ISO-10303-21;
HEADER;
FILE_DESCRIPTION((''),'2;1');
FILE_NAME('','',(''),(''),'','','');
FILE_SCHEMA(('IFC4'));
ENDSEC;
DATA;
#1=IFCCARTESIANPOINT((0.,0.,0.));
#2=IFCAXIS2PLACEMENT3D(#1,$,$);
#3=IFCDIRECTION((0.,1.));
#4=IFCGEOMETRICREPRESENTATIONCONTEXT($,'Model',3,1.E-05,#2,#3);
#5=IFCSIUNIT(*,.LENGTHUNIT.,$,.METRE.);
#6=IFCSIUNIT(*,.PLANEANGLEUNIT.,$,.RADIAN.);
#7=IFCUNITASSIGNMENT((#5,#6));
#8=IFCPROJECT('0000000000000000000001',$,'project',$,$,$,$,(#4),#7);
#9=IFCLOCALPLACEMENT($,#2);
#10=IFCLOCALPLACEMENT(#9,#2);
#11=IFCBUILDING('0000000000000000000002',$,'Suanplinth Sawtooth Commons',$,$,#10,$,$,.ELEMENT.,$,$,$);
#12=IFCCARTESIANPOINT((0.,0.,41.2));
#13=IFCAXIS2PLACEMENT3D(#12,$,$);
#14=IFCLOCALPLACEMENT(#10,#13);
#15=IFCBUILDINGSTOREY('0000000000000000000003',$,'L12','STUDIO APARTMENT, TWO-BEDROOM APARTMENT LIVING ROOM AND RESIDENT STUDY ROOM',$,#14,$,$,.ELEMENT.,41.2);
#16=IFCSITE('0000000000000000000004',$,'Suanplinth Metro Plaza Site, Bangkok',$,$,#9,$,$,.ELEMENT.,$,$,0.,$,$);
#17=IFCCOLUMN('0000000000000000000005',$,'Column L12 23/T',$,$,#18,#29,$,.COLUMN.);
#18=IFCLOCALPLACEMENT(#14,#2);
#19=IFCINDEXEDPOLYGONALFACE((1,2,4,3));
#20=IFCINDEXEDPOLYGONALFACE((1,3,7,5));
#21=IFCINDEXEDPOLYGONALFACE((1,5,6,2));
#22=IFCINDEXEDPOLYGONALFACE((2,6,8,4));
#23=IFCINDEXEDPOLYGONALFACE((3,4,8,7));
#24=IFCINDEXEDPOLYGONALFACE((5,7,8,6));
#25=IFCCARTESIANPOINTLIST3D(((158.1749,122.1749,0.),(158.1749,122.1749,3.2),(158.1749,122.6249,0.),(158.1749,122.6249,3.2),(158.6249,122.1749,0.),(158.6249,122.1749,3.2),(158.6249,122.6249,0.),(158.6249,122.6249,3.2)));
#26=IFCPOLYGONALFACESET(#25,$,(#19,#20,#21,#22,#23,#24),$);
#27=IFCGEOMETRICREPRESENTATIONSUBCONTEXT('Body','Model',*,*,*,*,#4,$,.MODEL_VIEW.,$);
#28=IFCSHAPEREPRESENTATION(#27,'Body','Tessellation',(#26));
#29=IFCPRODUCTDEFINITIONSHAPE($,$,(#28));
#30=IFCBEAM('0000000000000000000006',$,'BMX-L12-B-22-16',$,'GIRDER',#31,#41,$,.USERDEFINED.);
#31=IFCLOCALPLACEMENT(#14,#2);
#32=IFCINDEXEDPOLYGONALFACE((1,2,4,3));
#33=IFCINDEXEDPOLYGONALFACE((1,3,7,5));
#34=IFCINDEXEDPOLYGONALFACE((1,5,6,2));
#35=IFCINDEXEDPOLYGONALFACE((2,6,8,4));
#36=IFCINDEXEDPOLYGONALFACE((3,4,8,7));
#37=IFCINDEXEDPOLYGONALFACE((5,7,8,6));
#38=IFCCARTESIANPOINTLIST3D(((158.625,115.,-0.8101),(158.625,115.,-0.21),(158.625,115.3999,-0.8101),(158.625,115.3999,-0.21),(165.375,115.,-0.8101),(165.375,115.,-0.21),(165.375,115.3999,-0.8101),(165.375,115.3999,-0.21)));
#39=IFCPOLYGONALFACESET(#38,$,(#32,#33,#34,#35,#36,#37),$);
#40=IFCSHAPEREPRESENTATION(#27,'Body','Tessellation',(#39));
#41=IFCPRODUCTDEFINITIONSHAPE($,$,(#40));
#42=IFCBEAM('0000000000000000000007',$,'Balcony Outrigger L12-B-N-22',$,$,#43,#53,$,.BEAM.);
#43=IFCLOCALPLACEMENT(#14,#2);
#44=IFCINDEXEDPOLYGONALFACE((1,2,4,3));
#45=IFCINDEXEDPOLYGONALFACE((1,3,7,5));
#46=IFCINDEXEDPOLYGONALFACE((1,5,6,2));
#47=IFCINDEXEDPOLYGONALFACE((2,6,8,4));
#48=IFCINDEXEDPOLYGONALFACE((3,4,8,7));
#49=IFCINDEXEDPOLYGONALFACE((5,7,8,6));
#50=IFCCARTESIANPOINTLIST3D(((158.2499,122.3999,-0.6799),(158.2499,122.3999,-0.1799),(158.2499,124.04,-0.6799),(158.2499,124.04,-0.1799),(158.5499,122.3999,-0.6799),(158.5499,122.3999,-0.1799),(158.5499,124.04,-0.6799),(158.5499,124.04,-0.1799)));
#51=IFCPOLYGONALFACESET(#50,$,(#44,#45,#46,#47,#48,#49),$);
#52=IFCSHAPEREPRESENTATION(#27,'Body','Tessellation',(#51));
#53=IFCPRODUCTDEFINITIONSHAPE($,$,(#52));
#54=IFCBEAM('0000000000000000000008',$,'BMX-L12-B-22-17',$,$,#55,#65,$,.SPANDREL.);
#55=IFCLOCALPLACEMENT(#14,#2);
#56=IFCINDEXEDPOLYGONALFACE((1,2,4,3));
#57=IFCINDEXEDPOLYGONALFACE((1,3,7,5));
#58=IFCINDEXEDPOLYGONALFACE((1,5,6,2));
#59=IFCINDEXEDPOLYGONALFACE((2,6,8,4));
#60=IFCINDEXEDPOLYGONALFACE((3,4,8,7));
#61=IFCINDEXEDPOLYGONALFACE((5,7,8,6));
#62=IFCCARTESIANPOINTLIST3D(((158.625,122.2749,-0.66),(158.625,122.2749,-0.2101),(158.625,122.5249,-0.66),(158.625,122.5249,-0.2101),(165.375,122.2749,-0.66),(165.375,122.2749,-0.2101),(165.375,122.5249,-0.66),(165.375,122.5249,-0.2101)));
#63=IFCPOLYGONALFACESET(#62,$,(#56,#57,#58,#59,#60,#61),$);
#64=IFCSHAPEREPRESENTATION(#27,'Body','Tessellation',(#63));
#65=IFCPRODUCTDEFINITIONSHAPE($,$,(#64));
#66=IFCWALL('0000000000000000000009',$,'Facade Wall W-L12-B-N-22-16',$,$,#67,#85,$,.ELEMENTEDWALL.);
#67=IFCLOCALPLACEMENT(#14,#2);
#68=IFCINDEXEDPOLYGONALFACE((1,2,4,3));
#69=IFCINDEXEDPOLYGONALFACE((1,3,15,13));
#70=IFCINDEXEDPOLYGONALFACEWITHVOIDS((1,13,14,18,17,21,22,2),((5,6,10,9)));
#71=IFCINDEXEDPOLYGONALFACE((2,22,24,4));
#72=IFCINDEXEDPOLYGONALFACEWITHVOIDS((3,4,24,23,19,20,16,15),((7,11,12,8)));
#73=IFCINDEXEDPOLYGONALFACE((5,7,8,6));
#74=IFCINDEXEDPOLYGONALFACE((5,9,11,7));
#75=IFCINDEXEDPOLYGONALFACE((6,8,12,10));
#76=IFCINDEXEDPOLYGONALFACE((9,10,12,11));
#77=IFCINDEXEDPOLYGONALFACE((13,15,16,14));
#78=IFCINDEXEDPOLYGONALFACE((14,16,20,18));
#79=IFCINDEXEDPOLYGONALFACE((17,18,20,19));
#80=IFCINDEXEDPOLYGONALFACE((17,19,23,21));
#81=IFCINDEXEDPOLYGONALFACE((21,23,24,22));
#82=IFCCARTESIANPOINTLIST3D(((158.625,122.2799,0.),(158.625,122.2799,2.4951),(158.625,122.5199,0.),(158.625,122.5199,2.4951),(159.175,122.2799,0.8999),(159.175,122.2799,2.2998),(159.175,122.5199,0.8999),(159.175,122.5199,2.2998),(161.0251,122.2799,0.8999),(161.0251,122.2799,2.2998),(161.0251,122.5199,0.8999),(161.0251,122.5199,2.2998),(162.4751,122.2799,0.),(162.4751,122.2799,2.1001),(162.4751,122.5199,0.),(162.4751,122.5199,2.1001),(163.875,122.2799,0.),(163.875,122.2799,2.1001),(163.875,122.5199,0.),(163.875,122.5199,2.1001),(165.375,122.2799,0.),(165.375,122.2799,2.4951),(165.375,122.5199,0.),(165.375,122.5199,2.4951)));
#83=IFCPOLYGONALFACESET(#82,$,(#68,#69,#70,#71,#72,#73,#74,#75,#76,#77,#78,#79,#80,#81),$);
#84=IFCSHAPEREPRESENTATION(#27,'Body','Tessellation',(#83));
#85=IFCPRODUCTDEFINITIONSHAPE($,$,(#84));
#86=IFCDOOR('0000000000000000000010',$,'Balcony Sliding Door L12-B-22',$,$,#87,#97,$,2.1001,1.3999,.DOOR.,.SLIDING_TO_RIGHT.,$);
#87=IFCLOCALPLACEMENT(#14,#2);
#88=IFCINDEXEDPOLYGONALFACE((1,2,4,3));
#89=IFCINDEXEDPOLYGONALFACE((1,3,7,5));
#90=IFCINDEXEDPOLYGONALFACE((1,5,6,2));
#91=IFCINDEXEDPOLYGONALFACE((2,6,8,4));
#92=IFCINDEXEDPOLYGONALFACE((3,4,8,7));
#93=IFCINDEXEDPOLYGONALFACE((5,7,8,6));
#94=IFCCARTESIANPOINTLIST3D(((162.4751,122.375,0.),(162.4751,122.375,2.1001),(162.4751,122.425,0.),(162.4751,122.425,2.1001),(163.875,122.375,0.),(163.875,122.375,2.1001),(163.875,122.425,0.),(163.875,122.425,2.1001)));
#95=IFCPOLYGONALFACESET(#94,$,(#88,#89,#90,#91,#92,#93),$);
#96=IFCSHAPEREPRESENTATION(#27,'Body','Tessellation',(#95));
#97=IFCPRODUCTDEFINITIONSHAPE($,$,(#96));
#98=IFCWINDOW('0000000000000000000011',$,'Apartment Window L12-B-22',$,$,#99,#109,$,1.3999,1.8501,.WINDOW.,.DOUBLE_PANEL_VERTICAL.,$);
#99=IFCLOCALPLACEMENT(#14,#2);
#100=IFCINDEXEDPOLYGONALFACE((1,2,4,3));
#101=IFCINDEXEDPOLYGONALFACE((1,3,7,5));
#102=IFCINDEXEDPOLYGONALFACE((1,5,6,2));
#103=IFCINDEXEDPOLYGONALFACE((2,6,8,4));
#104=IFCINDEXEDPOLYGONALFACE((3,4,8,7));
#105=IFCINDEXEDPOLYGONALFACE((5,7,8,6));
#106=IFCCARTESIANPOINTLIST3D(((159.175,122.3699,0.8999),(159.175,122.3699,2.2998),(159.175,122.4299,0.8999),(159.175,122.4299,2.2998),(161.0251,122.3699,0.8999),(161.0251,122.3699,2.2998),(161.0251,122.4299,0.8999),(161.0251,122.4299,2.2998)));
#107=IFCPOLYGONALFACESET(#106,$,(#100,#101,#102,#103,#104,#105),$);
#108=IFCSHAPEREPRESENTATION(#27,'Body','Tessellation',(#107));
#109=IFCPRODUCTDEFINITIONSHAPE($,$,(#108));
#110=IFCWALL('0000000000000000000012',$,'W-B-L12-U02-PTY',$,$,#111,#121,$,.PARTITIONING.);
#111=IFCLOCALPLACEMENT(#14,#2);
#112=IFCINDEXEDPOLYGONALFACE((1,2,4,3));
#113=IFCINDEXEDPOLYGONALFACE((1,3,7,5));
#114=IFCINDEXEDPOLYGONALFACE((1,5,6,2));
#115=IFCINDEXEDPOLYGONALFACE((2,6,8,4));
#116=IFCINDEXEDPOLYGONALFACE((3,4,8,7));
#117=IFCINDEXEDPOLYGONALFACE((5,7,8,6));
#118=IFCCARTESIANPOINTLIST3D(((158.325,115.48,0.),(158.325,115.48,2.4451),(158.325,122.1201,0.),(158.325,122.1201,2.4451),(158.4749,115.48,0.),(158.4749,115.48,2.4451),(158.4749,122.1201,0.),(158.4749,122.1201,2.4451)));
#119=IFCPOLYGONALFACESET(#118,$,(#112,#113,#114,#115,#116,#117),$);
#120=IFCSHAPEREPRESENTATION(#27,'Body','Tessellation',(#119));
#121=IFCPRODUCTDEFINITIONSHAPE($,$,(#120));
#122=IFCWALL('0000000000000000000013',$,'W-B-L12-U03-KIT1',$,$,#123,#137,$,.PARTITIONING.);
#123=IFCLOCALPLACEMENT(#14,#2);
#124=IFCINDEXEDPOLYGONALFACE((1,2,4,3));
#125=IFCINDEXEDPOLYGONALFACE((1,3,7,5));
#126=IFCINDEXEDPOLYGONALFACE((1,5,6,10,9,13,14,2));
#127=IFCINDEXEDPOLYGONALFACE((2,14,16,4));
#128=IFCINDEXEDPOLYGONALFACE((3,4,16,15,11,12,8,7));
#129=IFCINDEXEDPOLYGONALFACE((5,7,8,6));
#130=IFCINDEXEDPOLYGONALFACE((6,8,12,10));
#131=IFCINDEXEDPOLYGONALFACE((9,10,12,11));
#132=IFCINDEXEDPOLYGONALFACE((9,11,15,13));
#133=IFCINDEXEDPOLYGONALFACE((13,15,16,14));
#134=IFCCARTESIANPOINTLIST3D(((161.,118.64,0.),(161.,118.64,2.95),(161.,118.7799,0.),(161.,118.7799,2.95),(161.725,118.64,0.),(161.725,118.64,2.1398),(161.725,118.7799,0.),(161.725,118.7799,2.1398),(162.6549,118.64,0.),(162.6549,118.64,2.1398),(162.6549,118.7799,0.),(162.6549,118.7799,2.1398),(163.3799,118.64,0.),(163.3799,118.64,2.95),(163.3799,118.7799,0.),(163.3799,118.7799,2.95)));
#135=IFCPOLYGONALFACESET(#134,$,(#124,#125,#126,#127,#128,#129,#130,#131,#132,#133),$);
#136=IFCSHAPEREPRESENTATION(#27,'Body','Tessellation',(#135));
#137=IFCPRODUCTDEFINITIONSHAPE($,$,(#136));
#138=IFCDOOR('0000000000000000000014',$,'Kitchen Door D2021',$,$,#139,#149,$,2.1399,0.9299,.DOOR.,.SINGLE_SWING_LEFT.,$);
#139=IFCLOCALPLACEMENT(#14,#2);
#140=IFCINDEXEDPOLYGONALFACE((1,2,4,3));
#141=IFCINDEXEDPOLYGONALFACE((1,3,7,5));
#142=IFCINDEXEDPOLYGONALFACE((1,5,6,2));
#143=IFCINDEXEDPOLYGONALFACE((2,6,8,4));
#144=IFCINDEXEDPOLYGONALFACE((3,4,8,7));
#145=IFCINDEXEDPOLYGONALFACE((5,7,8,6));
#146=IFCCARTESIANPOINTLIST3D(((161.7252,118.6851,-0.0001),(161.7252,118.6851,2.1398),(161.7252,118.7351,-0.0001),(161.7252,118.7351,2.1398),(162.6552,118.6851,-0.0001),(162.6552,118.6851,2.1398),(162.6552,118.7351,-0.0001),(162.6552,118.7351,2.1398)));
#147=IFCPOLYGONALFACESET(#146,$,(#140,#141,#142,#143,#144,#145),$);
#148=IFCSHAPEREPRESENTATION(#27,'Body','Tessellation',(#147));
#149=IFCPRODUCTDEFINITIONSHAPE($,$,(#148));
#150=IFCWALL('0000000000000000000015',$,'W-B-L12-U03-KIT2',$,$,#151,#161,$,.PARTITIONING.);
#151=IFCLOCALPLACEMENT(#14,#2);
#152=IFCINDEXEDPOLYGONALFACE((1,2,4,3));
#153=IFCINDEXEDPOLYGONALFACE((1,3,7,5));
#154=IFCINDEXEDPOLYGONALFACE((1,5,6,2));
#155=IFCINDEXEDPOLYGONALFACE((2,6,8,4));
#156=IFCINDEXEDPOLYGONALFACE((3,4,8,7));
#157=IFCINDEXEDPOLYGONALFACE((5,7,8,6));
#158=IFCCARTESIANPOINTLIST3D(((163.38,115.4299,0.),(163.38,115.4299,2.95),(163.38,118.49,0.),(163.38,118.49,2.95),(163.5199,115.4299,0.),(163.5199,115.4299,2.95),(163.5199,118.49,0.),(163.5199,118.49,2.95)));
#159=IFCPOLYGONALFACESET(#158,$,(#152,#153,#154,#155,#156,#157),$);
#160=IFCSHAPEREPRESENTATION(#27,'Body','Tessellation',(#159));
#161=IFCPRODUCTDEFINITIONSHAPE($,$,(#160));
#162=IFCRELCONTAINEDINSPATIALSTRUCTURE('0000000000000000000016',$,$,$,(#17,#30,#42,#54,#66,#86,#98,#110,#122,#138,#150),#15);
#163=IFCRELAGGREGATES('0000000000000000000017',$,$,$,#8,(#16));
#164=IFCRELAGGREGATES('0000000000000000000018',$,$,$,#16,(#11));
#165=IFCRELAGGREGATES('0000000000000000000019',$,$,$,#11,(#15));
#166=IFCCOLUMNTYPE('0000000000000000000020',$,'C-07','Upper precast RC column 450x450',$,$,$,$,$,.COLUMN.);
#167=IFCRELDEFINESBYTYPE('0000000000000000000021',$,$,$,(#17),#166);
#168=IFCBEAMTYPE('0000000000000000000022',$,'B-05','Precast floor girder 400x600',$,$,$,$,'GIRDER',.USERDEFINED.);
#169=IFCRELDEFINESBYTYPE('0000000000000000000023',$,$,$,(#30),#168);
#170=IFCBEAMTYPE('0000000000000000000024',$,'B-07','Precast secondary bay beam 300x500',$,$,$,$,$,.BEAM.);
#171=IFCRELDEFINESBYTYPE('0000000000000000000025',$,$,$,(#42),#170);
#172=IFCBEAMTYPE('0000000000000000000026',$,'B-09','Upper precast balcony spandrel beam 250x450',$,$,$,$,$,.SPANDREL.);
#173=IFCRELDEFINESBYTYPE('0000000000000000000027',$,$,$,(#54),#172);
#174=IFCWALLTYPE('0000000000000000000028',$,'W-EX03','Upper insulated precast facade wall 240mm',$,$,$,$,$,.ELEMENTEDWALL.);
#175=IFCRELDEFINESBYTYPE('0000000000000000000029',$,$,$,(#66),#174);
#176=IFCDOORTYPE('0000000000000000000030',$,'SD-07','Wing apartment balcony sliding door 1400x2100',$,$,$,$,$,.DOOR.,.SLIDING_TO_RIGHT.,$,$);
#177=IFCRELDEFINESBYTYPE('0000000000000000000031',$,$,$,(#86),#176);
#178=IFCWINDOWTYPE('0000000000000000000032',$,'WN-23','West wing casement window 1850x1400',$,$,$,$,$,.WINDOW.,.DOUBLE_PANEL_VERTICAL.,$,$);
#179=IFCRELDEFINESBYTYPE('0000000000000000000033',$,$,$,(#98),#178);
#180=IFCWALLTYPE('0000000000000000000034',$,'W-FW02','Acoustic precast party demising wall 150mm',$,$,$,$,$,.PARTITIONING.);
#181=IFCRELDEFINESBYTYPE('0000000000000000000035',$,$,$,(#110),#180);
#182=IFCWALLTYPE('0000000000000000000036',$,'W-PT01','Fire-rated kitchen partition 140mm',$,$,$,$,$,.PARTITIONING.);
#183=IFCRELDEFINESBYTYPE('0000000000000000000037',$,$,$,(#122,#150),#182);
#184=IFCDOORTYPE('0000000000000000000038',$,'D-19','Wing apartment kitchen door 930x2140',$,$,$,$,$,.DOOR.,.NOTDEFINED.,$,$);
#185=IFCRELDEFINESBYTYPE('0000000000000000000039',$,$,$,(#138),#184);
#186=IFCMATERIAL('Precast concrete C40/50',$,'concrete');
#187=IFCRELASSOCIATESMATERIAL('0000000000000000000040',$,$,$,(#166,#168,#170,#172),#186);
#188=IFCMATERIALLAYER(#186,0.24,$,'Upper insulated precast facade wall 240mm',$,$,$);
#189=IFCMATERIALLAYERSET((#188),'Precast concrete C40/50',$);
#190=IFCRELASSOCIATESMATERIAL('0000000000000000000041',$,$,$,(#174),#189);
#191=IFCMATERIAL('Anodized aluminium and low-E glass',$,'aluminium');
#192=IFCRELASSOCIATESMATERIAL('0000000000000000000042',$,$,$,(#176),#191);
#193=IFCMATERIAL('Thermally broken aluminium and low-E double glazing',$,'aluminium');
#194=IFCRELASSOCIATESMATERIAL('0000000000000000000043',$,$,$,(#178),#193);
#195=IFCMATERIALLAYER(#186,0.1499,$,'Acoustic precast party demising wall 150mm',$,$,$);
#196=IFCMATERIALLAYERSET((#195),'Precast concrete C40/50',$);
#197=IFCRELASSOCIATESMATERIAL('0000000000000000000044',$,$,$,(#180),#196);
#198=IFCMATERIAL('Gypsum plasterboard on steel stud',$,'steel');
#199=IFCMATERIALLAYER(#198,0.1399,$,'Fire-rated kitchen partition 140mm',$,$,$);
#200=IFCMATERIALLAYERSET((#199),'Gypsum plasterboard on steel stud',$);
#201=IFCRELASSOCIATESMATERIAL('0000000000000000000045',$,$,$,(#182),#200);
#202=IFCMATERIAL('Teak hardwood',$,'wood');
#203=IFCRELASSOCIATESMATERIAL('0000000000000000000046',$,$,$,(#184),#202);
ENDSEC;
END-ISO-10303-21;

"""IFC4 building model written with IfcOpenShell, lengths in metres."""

from ifc_helpers import new_model, si_unit, direction, frame, frame_2d, origin, origin_2d, place, context, subcontext, project, spatial, rectangle, extrude, material, layer, layer_set, material_profile, profile_set, type_object, element, fill, save


model = new_model("IFC4")

# Units and contexts
model_context = context("Model", 3, precision=1e-05, world=origin(), true_north=direction((0.0, 1.0)))
body_context = subcontext(model_context, "Body", "Model", "MODEL_VIEW")
ifc_project = project(units=[si_unit("LENGTHUNIT", "METRE"), si_unit("PLANEANGLEUNIT", "RADIAN")], contexts=[model_context])

# Site, building, storey
site_placement = place(None, origin())
site = spatial("IfcSite", under=ifc_project, at=site_placement, Name="Suanplinth Metro Plaza Site, Bangkok", CompositionType="ELEMENT", RefElevation=0.0)
building_placement = place(site_placement, origin())
building = spatial("IfcBuilding", under=site, at=building_placement, Name="Suanplinth Sawtooth Commons", CompositionType="ELEMENT")
storey_placement = place(building_placement, frame((0.0, 0.0, 41.2)))
storey = spatial("IfcBuildingStorey", under=building, at=storey_placement, Name="L12", Description="STUDIO APARTMENT, TWO-BEDROOM APARTMENT LIVING ROOM AND RESIDENT STUDY ROOM", CompositionType="ELEMENT", Elevation=41.2)

# Column
ifc_material_1 = material(Name="Precast concrete C40/50", Category="concrete")
ifc_material_profile_1 = material_profile(ifc_material_1, rectangle(XDim=0.45, YDim=0.45, at=origin_2d()), Name="PC-COL 450x450")
ifc_profile_set_1 = profile_set([ifc_material_profile_1], Name="Precast concrete C40/50")
column_type = type_object("IfcColumnType", Name="C-07", Description="Upper precast RC column 450x450", PredefinedType="COLUMN", material=ifc_profile_set_1)
column_placement = place(storey_placement, frame((158.3999, 122.3999, 0.0), z_axis=(0.0, 0.0, 1.0), x_axis=(1.0, 0.0, 0.0)))
element("IfcColumn", 1, at=column_placement, inside=storey, type_object=column_type, Name="Column L12 23/T", PredefinedType="COLUMN", context=body_context, shape_type="SweptSolid", body=[
    extrude(rectangle(XDim=0.45, YDim=0.45, at=origin_2d()), origin(), (0.0, 0.0, 1.0), 3.2),
])

# Beams
ifc_material_profile_2 = material_profile(ifc_material_1, rectangle(XDim=0.3999, YDim=0.6001, at=origin_2d()), Name="PC-GDR 400x600")
ifc_profile_set_2 = profile_set([ifc_material_profile_2], Name="Precast concrete C40/50")
beam_type_1 = type_object("IfcBeamType", Name="B-05", Description="Precast floor girder 400x600", ElementType="GIRDER", PredefinedType="USERDEFINED", material=ifc_profile_set_2)
beam_1_placement = place(storey_placement, frame((158.625, 115.2, -0.51), z_axis=(1.0, 0.0, 0.0), x_axis=(0.0, 1.0, 0.0)))
element("IfcBeam", 2, at=beam_1_placement, inside=storey, type_object=beam_type_1, Name="BMX-L12-B-22-16", ObjectType="GIRDER", PredefinedType="USERDEFINED", context=body_context, shape_type="SweptSolid", body=[
    extrude(rectangle(XDim=0.3999, YDim=0.6001, at=origin_2d()), origin(), (0.0, 0.0, 1.0), 6.75),
])
ifc_material_profile_3 = material_profile(ifc_material_1, rectangle(XDim=0.3, YDim=0.5, at=origin_2d()), Name="PC-BM 300x500")
ifc_profile_set_3 = profile_set([ifc_material_profile_3], Name="Precast concrete C40/50")
beam_type_2 = type_object("IfcBeamType", Name="B-07", Description="Precast secondary bay beam 300x500", PredefinedType="BEAM", material=ifc_profile_set_3)
beam_2_placement = place(storey_placement, frame((158.3999, 122.3999, -0.4299), z_axis=(0.0, 1.0, 0.0), x_axis=(-1.0, 0.0, 0.0)))
element("IfcBeam", 3, at=beam_2_placement, inside=storey, type_object=beam_type_2, Name="Balcony Outrigger L12-B-N-22", PredefinedType="BEAM", context=body_context, shape_type="SweptSolid", body=[
    extrude(rectangle(XDim=0.3, YDim=0.5, at=origin_2d()), origin(), (0.0, 0.0, 1.0), 1.6401),
])
ifc_material_profile_4 = material_profile(ifc_material_1, rectangle(XDim=0.25, YDim=0.45, at=origin_2d()), Name="PC-SP 250x450")
ifc_profile_set_4 = profile_set([ifc_material_profile_4], Name="Precast concrete C40/50")
beam_type_3 = type_object("IfcBeamType", Name="B-09", Description="Upper precast balcony spandrel beam 250x450", PredefinedType="SPANDREL", material=ifc_profile_set_4)
beam_3_placement = place(storey_placement, frame((158.625, 122.3999, -0.4351), z_axis=(1.0, 0.0, 0.0), x_axis=(0.0, 1.0, 0.0)))
element("IfcBeam", 4, at=beam_3_placement, inside=storey, type_object=beam_type_3, Name="BMX-L12-B-22-17", PredefinedType="SPANDREL", context=body_context, shape_type="SweptSolid", body=[
    extrude(rectangle(XDim=0.25, YDim=0.45, at=origin_2d()), origin(), (0.0, 0.0, 1.0), 6.75),
])

# Wall, openings, door, window
ifc_layer_1 = layer(ifc_material_1, 0.24, Name="Upper insulated precast facade wall 240mm")
ifc_layer_set_1 = layer_set([ifc_layer_1], Name="Precast concrete C40/50")
wall_type_1 = type_object("IfcWallType", Name="W-EX03", Description="Upper insulated precast facade wall 240mm", PredefinedType="ELEMENTEDWALL", material=ifc_layer_set_1)
wall_1_placement = place(storey_placement, frame((158.625, 122.3999, 0.0), z_axis=(0.0, 0.0, 1.0), x_axis=(1.0, 0.0, 0.0)))
wall_1 = element("IfcWall", 5, at=wall_1_placement, inside=storey, type_object=wall_type_1, Name="Facade Wall W-L12-B-N-22-16", PredefinedType="ELEMENTEDWALL", context=body_context, shape_type="SweptSolid", body=[
    extrude(rectangle(XDim=6.75, YDim=0.24, at=frame_2d((3.375, 0.0))), origin(), (0.0, 0.0, 1.0), 2.4951),
])
opening_1_placement = place(wall_1_placement, frame((3.8501, 0.0, 0.0)))
opening_1 = element("IfcOpeningElement", 6, at=opening_1_placement, cuts=wall_1, PredefinedType="OPENING", context=body_context, shape_type="SweptSolid", body=[
    extrude(rectangle(XDim=1.3999, YDim=2.1001, at=frame_2d((0.7, 1.05))), frame((0.0, 0.1348, 0.0), z_axis=(0.0, -1.0, 0.0), x_axis=(1.0, 0.0, 0.0)), (0.0, 0.0, 1.0), 0.2698),
])
opening_2_placement = place(wall_1_placement, frame((0.55, 0.0, 0.8999)))
opening_2 = element("IfcOpeningElement", 7, at=opening_2_placement, cuts=wall_1, PredefinedType="OPENING", context=body_context, shape_type="SweptSolid", body=[
    extrude(rectangle(XDim=1.8501, YDim=1.3999, at=frame_2d((0.925, 0.7))), frame((0.0, 0.1348, 0.0), z_axis=(0.0, -1.0, 0.0), x_axis=(1.0, 0.0, 0.0)), (0.0, 0.0, 1.0), 0.2698),
])
ifc_material_2 = material(Name="Anodized aluminium and low-E glass", Category="aluminium")
door_type_1 = type_object("IfcDoorType", Name="SD-07", Description="Wing apartment balcony sliding door 1400x2100", OperationType="SLIDING_TO_RIGHT", PredefinedType="DOOR", material=ifc_material_2)
door_1_placement = place(opening_1_placement, frame((1.3999, 0.0, 0.0), z_axis=(0.0, 0.0, 1.0), x_axis=(-1.0, 0.0, 0.0)))
door_1 = element("IfcDoor", 8, at=door_1_placement, inside=storey, type_object=door_type_1, Name="Balcony Sliding Door L12-B-22", OperationType="SLIDING_TO_RIGHT", OverallHeight=2.1001, OverallWidth=1.3999, PredefinedType="DOOR", context=body_context, shape_type="SweptSolid", body=[
    extrude(rectangle(XDim=1.3999, YDim=2.1001, at=frame_2d((0.7, 1.05))), frame((0.0, 0.0249, 0.0), z_axis=(0.0, -1.0, 0.0), x_axis=(1.0, 0.0, 0.0)), (0.0, 0.0, 1.0), 0.05),
])
fill(opening_1, door_1)
ifc_material_3 = material(Name="Thermally broken aluminium and low-E double glazing", Category="aluminium")
window_type = type_object("IfcWindowType", Name="WN-23", Description="West wing casement window 1850x1400", PartitioningType="DOUBLE_PANEL_VERTICAL", PredefinedType="WINDOW", material=ifc_material_3)
window_placement = place(opening_2_placement, origin())
window = element("IfcWindow", 9, at=window_placement, inside=storey, type_object=window_type, Name="Apartment Window L12-B-22", OverallHeight=1.3999, OverallWidth=1.8501, PartitioningType="DOUBLE_PANEL_VERTICAL", PredefinedType="WINDOW", context=body_context, shape_type="SweptSolid", body=[
    extrude(rectangle(XDim=1.8501, YDim=1.3999, at=frame_2d((0.925, 0.7))), frame((0.0, 0.03, 0.0), z_axis=(0.0, -1.0, 0.0), x_axis=(1.0, 0.0, 0.0)), (0.0, 0.0, 1.0), 0.0601),
])
fill(opening_2, window)

# Wall
ifc_layer_2 = layer(ifc_material_1, 0.1499, Name="Acoustic precast party demising wall 150mm")
ifc_layer_set_2 = layer_set([ifc_layer_2], Name="Precast concrete C40/50")
wall_type_2 = type_object("IfcWallType", Name="W-FW02", Description="Acoustic precast party demising wall 150mm", PredefinedType="PARTITIONING", material=ifc_layer_set_2)
wall_2_placement = place(storey_placement, frame((158.3999, 115.48, 0.0), z_axis=(0.0, 0.0, 1.0), x_axis=(0.0, 1.0, 0.0)))
element("IfcWall", 10, at=wall_2_placement, inside=storey, type_object=wall_type_2, Name="W-B-L12-U02-PTY", PredefinedType="PARTITIONING", context=body_context, shape_type="SweptSolid", body=[
    extrude(rectangle(XDim=6.6401, YDim=0.1499, at=frame_2d((3.3201, 0.0))), origin(), (0.0, 0.0, 1.0), 2.4451),
])

# Wall, opening, door
ifc_material_4 = material(Name="Gypsum plasterboard on steel stud", Category="steel")
ifc_layer_3 = layer(ifc_material_4, 0.1399, Name="Fire-rated kitchen partition 140mm")
ifc_layer_set_3 = layer_set([ifc_layer_3], Name="Gypsum plasterboard on steel stud")
wall_type_3 = type_object("IfcWallType", Name="W-PT01", Description="Fire-rated kitchen partition 140mm", PredefinedType="PARTITIONING", material=ifc_layer_set_3)
wall_3_placement = place(storey_placement, frame((161.0, 118.71, 0.0), z_axis=(0.0, 0.0, 1.0), x_axis=(1.0, 0.0, 0.0)))
wall_3 = element("IfcWall", 11, at=wall_3_placement, inside=storey, type_object=wall_type_3, Name="W-B-L12-U03-KIT1", PredefinedType="PARTITIONING", context=body_context, shape_type="SweptSolid", body=[
    extrude(rectangle(XDim=2.3799, YDim=0.1399, at=frame_2d((1.1899, 0.0))), origin(), (0.0, 0.0, 1.0), 2.95),
])
opening_3_placement = place(wall_3_placement, frame((0.7251, 0.0, 0.0)))
opening_3 = element("IfcOpeningElement", 12, at=opening_3_placement, cuts=wall_3, PredefinedType="OPENING", context=body_context, shape_type="SweptSolid", body=[
    extrude(rectangle(XDim=0.9299, YDim=2.1399, at=frame_2d((0.4648, 1.0698))), frame((0.0, 0.085, 0.0), z_axis=(0.0, -1.0, 0.0), x_axis=(1.0, 0.0, 0.0)), (0.0, 0.0, 1.0), 0.1697),
])
ifc_material_5 = material(Name="Teak hardwood", Category="wood")
door_type_2 = type_object("IfcDoorType", Name="D-19", Description="Wing apartment kitchen door 930x2140", OperationType="NOTDEFINED", PredefinedType="DOOR", material=ifc_material_5)
door_2_placement = place(opening_3_placement, frame((0.9299, 0.0, 0.0), z_axis=(0.0, 0.0, 1.0), x_axis=(-1.0, 0.0, 0.0)))
door_2 = element("IfcDoor", 13, at=door_2_placement, inside=storey, type_object=door_type_2, Name="Kitchen Door D2021", OperationType="SINGLE_SWING_LEFT", OverallHeight=2.1399, OverallWidth=0.9299, PredefinedType="DOOR", context=body_context, shape_type="SweptSolid", body=[
    extrude(rectangle(XDim=0.9299, YDim=2.1399, at=frame_2d((0.4648, 1.0698))), frame((0.0, 0.0249, 0.0), z_axis=(0.0, -1.0, 0.0), x_axis=(1.0, 0.0, 0.0)), (0.0, 0.0, 1.0), 0.05),
])
fill(opening_3, door_2)

# Wall
wall_4_placement = place(storey_placement, frame((163.45, 115.4299, 0.0), z_axis=(0.0, 0.0, 1.0), x_axis=(0.0, 1.0, 0.0)))
element("IfcWall", 14, at=wall_4_placement, inside=storey, type_object=wall_type_3, Name="W-B-L12-U03-KIT2", PredefinedType="PARTITIONING", context=body_context, shape_type="SweptSolid", body=[
    extrude(rectangle(XDim=3.0601, YDim=0.1399, at=frame_2d((1.53, 0.0))), origin(), (0.0, 0.0, 1.0), 2.95),
])

save(model, "model.ifc")
